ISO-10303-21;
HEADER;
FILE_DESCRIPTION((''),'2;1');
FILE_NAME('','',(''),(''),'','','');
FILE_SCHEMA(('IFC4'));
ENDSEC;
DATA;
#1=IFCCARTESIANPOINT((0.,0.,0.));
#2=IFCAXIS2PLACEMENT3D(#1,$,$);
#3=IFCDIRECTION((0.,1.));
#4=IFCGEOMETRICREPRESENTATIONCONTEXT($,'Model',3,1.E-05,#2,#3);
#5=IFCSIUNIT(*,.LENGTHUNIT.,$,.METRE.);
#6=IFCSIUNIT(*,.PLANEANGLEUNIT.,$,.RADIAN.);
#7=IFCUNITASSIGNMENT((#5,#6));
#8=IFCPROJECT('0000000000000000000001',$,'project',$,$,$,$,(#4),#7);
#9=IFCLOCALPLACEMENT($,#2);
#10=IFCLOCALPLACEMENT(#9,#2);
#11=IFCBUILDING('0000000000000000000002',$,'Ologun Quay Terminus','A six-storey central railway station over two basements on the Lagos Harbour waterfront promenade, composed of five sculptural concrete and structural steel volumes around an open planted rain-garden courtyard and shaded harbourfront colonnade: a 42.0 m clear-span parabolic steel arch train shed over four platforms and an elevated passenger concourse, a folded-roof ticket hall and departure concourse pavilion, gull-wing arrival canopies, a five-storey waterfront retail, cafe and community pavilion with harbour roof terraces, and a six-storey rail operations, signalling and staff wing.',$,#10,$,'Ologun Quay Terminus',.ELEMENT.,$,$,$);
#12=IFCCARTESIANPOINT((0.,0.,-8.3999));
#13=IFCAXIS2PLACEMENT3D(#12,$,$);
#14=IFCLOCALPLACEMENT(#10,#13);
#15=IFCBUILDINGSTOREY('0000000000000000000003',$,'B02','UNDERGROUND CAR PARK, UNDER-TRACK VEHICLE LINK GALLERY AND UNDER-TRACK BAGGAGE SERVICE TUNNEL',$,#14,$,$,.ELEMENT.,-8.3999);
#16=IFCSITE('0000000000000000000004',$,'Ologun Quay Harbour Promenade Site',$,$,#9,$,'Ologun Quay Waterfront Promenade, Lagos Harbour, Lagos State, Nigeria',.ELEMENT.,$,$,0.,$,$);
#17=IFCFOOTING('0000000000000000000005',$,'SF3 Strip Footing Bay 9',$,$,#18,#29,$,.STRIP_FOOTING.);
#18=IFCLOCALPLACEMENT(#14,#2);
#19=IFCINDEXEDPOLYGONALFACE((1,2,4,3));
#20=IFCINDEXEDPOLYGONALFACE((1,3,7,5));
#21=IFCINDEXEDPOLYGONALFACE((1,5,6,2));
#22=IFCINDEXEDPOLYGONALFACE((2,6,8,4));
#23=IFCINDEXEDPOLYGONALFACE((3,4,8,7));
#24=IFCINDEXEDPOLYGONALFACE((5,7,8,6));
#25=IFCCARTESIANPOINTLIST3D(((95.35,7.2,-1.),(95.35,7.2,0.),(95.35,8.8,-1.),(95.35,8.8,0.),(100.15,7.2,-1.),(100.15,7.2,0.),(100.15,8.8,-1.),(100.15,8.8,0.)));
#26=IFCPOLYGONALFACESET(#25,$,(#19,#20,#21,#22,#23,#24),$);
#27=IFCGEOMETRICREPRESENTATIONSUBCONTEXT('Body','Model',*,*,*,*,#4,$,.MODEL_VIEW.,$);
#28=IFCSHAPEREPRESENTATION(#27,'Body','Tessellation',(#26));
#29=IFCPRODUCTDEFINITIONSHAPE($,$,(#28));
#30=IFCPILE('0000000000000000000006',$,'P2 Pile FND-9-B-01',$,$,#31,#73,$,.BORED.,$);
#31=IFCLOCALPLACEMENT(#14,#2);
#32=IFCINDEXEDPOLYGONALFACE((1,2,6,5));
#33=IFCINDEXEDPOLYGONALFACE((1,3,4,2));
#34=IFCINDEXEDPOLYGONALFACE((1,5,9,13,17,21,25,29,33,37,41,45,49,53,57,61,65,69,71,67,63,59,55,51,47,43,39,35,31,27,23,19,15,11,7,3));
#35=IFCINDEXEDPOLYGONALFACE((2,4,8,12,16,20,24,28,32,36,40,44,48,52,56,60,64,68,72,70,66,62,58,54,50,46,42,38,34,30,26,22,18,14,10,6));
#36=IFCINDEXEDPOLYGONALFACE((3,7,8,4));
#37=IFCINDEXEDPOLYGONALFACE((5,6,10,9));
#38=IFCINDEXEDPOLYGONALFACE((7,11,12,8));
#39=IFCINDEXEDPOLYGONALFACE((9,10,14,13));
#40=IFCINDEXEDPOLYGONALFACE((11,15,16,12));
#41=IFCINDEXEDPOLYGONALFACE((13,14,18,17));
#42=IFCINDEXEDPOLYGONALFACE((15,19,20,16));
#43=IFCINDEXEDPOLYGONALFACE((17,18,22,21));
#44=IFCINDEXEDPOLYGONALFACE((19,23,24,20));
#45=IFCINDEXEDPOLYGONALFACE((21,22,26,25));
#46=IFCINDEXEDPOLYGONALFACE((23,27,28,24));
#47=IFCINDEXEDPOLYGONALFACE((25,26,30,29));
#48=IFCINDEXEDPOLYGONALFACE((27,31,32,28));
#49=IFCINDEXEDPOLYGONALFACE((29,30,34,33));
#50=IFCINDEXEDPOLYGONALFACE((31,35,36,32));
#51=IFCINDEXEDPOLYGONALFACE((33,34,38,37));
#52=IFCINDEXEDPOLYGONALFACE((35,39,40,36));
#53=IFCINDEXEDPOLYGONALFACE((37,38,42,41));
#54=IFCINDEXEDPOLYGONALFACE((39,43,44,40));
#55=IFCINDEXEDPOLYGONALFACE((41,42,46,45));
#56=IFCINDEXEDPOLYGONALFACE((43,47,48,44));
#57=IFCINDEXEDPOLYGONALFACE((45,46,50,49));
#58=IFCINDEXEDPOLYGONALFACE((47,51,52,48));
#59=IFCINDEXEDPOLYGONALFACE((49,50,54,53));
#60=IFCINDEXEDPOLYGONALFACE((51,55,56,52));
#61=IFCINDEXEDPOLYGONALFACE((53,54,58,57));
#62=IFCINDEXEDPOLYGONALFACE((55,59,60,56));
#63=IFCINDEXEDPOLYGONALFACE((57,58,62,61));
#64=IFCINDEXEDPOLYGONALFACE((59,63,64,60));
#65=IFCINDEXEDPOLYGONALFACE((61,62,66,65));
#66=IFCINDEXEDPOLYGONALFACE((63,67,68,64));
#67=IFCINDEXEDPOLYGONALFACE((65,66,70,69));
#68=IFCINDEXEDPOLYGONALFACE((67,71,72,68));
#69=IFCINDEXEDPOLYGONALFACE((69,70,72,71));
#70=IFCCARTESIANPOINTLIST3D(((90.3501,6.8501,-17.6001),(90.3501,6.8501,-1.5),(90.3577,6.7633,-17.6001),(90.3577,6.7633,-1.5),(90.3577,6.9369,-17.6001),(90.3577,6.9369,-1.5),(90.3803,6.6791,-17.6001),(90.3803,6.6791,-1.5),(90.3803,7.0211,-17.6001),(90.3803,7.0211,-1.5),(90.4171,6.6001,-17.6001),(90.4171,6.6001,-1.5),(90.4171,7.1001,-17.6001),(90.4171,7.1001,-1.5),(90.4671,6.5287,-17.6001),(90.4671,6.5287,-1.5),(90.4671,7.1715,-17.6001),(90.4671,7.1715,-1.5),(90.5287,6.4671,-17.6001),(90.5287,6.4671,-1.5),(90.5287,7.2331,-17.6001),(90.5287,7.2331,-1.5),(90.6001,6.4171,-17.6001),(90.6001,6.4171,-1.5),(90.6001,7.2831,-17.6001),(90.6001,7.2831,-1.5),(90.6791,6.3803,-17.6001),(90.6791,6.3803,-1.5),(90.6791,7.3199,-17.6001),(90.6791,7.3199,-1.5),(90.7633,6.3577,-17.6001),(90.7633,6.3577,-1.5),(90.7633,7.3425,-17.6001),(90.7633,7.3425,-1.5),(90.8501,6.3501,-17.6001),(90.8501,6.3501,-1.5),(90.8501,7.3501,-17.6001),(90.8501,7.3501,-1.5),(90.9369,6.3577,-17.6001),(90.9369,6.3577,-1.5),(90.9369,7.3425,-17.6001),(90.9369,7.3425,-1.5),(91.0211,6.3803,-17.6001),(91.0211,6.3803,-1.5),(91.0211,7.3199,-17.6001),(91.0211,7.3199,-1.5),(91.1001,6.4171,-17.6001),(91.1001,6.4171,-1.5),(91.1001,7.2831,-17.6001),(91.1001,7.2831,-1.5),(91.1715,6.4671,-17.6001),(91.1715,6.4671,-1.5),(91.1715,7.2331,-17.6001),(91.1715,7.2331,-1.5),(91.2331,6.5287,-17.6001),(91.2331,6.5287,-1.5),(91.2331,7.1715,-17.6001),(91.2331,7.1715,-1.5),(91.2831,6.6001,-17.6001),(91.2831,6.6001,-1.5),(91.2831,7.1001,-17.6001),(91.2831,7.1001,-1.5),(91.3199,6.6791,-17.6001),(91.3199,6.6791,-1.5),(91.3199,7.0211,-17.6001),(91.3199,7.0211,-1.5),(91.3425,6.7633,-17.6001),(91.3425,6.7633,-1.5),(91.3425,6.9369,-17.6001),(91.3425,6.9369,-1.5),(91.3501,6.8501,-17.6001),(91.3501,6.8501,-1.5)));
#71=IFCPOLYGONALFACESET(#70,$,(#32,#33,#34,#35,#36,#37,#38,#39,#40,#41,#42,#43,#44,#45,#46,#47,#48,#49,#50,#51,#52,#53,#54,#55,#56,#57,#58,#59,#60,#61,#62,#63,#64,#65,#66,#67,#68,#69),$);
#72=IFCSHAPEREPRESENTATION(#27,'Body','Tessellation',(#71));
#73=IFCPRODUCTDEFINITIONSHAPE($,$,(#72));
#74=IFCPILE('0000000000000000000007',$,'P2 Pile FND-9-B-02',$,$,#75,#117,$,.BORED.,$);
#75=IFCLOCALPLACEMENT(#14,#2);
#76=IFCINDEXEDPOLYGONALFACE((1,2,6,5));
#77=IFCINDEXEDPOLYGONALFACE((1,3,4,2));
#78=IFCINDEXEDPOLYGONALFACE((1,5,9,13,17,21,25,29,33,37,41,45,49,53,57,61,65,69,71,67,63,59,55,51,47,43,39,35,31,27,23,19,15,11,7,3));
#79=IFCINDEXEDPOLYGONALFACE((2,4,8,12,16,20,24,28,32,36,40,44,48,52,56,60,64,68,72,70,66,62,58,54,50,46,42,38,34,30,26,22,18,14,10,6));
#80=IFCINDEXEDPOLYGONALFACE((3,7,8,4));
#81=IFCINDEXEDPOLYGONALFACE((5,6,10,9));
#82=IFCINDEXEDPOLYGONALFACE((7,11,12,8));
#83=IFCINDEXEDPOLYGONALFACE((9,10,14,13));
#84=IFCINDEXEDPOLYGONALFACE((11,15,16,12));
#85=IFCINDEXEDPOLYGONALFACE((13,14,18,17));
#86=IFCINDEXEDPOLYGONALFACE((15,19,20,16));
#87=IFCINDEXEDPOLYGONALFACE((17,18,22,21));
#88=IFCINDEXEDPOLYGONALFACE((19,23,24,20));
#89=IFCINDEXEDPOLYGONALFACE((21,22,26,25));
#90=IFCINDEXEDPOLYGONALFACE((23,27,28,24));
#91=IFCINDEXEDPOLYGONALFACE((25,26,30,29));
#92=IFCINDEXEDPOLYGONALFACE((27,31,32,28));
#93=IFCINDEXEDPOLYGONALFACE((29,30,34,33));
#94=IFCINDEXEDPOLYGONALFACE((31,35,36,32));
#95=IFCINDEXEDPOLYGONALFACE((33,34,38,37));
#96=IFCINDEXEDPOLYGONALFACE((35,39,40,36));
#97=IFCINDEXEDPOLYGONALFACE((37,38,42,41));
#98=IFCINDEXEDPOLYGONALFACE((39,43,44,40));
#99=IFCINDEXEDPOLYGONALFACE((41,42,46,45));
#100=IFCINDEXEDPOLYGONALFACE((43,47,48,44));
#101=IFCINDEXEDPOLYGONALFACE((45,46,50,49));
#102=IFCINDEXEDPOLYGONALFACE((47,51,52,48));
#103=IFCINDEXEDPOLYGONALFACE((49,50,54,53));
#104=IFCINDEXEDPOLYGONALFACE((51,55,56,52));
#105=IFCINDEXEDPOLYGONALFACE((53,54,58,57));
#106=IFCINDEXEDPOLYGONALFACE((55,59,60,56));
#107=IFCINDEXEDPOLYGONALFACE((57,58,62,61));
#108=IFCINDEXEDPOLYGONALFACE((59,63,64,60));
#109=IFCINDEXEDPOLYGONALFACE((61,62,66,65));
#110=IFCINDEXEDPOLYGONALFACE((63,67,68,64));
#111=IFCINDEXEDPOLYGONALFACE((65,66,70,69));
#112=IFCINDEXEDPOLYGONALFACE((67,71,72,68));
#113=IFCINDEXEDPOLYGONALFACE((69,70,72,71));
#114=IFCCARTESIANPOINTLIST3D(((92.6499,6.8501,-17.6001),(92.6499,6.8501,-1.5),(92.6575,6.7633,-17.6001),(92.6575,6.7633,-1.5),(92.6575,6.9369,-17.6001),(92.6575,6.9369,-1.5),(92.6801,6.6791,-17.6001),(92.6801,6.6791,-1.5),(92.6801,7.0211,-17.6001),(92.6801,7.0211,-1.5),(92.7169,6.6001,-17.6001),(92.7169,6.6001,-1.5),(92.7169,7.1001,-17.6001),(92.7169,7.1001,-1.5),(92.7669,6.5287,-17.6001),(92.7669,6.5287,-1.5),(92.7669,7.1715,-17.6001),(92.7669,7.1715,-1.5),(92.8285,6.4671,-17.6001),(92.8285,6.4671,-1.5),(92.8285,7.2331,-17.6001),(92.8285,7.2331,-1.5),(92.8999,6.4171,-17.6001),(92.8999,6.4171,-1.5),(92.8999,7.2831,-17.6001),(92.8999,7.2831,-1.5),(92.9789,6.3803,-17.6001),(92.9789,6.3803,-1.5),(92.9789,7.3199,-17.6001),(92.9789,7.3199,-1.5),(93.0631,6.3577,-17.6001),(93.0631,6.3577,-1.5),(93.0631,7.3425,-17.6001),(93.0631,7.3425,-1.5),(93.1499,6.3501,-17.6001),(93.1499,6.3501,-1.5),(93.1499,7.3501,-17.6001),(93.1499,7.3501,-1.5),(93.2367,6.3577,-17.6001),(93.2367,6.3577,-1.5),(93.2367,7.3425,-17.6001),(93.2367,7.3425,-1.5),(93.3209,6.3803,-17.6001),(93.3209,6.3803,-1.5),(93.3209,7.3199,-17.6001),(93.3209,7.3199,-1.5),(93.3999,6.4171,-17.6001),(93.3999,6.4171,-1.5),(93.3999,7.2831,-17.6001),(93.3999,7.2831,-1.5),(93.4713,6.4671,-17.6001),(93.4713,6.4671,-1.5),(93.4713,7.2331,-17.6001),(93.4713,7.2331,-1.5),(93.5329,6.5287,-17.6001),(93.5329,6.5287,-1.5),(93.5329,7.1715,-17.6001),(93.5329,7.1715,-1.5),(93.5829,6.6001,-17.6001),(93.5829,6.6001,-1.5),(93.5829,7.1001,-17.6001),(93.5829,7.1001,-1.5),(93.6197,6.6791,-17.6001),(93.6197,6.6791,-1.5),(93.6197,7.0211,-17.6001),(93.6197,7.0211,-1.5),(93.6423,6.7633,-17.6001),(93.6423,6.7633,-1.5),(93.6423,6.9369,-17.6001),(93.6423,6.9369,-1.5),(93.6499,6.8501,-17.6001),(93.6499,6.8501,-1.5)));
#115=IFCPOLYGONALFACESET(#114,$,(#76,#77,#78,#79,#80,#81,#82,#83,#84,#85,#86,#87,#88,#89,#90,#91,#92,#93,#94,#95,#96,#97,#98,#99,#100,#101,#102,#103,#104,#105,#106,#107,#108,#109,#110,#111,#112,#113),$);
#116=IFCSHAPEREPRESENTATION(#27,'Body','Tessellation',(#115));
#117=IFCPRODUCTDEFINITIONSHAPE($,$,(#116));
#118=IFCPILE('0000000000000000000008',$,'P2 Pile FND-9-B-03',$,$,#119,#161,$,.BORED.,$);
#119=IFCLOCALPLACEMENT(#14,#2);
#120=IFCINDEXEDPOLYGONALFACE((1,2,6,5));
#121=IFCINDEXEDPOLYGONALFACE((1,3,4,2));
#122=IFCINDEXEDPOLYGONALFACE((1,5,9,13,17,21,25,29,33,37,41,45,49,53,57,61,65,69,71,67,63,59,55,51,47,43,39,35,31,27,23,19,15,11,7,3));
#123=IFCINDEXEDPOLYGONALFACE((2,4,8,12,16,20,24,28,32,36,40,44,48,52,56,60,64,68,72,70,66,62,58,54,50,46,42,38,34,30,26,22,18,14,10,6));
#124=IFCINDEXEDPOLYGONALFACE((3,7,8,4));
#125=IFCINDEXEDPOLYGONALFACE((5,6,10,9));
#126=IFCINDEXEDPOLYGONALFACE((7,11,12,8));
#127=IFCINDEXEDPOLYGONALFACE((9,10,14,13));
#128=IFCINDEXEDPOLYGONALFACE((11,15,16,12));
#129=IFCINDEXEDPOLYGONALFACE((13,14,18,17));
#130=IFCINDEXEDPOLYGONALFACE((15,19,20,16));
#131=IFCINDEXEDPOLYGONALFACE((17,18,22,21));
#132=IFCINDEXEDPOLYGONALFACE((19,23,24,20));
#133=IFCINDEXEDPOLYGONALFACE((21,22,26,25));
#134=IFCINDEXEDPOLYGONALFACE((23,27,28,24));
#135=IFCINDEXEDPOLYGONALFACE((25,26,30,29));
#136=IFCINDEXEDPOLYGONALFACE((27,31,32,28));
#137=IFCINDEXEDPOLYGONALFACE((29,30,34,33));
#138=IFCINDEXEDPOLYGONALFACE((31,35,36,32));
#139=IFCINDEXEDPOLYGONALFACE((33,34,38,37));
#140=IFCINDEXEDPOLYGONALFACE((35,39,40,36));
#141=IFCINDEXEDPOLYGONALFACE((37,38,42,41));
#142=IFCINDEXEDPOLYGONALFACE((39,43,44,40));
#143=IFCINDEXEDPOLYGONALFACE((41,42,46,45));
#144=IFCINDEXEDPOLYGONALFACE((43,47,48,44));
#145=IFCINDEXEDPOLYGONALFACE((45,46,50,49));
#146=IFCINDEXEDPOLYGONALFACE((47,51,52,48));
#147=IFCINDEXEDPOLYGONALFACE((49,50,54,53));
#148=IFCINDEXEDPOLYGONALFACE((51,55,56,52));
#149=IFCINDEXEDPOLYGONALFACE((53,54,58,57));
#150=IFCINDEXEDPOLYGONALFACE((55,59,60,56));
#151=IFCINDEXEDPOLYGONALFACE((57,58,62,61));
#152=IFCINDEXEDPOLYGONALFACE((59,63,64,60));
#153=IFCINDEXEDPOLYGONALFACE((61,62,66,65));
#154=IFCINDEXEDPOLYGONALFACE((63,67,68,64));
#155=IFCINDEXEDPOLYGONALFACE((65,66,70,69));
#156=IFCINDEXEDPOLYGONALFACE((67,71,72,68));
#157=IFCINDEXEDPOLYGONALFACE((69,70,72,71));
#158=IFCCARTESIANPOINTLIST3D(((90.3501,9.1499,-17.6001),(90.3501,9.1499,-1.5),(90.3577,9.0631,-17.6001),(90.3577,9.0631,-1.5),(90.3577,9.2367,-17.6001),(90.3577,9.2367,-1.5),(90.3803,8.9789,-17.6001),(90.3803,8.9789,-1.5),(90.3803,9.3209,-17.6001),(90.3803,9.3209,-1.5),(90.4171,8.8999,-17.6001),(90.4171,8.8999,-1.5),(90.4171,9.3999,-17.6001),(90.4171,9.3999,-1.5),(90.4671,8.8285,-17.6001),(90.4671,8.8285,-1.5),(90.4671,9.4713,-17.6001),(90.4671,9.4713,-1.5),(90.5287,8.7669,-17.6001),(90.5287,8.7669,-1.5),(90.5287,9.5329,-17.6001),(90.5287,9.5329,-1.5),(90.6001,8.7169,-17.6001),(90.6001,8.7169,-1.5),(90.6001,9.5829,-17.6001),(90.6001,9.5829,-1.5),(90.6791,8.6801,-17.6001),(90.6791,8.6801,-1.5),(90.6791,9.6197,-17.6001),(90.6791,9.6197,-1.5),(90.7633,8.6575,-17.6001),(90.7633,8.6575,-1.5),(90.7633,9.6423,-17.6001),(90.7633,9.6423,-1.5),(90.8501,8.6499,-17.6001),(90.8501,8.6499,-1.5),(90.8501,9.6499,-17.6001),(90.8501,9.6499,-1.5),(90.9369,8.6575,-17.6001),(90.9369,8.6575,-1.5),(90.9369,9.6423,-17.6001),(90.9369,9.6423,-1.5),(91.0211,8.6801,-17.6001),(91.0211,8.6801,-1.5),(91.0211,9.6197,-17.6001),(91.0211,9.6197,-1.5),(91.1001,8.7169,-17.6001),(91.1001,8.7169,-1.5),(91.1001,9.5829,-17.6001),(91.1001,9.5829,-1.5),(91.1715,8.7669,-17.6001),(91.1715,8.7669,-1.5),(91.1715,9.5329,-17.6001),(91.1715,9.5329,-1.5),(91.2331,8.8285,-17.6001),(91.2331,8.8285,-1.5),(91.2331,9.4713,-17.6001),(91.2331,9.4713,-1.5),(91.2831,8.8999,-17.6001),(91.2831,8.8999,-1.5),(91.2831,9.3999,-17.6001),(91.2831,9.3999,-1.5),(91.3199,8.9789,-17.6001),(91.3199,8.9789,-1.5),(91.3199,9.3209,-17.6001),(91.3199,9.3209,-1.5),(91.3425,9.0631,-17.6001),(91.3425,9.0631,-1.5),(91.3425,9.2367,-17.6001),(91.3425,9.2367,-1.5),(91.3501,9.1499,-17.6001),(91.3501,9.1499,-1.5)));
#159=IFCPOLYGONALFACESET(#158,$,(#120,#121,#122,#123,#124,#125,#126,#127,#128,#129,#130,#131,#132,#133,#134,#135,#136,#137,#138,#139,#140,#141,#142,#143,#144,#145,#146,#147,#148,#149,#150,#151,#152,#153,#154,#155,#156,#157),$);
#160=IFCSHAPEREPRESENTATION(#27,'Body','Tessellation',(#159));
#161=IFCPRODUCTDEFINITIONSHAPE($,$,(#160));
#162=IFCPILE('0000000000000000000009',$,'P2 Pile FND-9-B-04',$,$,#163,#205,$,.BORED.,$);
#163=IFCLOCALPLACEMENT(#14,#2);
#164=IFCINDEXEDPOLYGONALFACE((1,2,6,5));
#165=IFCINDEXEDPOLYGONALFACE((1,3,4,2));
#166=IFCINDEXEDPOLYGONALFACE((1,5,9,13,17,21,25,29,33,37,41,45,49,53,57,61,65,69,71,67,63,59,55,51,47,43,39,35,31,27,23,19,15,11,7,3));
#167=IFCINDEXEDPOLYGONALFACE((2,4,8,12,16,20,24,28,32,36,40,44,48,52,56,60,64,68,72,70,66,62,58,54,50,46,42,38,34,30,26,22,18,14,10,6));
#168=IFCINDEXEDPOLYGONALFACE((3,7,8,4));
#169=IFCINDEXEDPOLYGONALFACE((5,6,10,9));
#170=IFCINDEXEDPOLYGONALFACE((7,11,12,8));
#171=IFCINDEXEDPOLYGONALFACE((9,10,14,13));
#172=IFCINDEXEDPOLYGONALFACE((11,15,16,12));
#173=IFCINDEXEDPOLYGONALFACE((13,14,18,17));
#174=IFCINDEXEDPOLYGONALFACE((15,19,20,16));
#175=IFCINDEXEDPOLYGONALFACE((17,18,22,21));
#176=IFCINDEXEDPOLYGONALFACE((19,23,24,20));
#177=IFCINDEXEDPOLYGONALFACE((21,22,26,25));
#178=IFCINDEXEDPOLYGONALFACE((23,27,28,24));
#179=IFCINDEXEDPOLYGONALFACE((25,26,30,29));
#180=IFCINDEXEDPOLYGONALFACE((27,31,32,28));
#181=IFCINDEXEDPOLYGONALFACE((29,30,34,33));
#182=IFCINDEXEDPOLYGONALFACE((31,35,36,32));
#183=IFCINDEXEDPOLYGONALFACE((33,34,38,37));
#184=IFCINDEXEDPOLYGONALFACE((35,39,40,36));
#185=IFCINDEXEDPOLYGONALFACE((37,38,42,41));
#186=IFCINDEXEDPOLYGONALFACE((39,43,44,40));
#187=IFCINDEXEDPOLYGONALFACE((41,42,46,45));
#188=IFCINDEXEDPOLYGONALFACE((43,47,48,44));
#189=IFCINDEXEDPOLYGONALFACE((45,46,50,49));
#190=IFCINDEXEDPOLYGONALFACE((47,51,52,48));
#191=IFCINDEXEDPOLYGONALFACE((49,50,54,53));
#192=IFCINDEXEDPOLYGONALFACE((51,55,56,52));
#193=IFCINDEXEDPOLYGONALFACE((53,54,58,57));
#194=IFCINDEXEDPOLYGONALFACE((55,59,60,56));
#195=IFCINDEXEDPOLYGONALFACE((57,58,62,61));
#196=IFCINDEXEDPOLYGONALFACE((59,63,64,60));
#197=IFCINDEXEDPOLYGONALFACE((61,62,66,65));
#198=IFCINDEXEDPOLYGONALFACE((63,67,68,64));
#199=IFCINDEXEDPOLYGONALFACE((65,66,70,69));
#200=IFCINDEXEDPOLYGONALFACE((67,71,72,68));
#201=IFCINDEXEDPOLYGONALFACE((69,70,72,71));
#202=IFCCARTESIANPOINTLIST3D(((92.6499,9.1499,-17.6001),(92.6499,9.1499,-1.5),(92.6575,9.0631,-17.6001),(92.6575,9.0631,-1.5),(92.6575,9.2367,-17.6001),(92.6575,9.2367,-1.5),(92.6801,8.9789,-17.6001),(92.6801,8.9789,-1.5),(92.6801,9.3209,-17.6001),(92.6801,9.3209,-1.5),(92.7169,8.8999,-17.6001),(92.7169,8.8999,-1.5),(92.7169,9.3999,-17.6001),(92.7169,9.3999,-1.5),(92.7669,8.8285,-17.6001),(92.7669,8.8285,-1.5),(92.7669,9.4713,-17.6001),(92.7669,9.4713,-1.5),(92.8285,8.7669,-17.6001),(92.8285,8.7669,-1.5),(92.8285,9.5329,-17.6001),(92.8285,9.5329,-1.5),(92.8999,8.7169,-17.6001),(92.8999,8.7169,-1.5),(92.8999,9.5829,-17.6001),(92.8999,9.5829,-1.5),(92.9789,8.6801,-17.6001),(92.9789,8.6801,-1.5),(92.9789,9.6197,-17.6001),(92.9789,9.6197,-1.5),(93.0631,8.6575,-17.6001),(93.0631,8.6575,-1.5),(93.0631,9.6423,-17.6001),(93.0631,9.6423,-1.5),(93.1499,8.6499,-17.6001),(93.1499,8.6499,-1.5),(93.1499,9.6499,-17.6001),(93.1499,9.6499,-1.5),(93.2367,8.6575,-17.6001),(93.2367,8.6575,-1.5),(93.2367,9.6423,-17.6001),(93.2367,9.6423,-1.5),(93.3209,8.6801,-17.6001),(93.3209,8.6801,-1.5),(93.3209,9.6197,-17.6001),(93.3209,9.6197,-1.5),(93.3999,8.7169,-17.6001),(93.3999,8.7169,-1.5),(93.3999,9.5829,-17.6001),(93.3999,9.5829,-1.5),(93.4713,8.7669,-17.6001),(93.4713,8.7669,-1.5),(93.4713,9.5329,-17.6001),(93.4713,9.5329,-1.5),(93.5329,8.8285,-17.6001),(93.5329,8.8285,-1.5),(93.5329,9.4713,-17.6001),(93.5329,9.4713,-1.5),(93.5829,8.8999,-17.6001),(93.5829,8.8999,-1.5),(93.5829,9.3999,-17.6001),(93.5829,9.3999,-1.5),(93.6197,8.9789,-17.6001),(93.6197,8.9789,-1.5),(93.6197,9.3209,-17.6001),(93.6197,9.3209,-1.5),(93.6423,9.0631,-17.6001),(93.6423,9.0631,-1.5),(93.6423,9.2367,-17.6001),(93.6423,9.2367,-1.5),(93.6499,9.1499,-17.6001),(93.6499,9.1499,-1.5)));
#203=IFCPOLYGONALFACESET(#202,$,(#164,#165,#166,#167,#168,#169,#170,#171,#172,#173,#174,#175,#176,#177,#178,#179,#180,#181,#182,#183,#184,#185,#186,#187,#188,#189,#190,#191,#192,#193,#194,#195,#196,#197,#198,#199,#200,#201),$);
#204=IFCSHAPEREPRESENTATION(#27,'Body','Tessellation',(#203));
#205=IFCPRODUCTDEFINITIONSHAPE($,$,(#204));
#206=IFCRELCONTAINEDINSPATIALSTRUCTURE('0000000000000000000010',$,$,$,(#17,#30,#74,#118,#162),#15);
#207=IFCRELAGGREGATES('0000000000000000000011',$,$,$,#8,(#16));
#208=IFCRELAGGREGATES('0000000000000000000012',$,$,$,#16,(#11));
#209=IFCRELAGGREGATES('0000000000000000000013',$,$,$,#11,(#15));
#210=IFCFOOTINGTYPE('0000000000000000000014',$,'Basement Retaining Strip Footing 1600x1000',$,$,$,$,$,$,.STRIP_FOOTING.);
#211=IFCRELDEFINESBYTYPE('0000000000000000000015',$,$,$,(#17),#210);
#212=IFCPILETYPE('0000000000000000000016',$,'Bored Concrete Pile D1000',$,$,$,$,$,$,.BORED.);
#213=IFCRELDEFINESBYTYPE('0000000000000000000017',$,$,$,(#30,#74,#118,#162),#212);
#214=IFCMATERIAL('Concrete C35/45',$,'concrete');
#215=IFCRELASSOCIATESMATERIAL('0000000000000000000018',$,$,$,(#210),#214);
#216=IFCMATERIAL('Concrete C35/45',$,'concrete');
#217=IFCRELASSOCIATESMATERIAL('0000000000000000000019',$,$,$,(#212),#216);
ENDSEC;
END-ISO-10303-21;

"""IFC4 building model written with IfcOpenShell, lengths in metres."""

from ifc_helpers import new_model, si_unit, direction, frame, origin, origin_2d, place, context, subcontext, project, spatial, rectangle, circle, extrude, material, material_profile, profile_set, type_object, element, save


model = new_model("IFC4")

# Units and contexts
model_context = context("Model", 3, precision=1e-05, world=origin(), true_north=direction((0.0, 1.0)))
body_context = subcontext(model_context, "Body", "Model", "MODEL_VIEW")
ifc_project = project(units=[si_unit("LENGTHUNIT", "METRE"), si_unit("PLANEANGLEUNIT", "RADIAN")], contexts=[model_context])

# Site, building, storey
site_placement = place(None, origin())
site = spatial("IfcSite", under=ifc_project, at=site_placement, Name="Ologun Quay Harbour Promenade Site", LongName="Ologun Quay Waterfront Promenade, Lagos Harbour, Lagos State, Nigeria", CompositionType="ELEMENT", RefElevation=0.0)
building_placement = place(site_placement, origin())
building = spatial("IfcBuilding", under=site, at=building_placement, Name="Ologun Quay Terminus", Description="A six-storey central railway station over two basements on the Lagos Harbour waterfront promenade, composed of five sculptural concrete and structural steel volumes around an open planted rain-garden courtyard and shaded harbourfront colonnade: a 42.0 m clear-span parabolic steel arch train shed over four platforms and an elevated passenger concourse, a folded-roof ticket hall and departure concourse pavilion, gull-wing arrival canopies, a five-storey waterfront retail, cafe and community pavilion with harbour roof terraces, and a six-storey rail operations, signalling and staff wing.", LongName="Ologun Quay Terminus", CompositionType="ELEMENT")
storey_placement = place(building_placement, frame((0.0, 0.0, -8.3999)))
storey = spatial("IfcBuildingStorey", under=building, at=storey_placement, Name="B02", Description="UNDERGROUND CAR PARK, UNDER-TRACK VEHICLE LINK GALLERY AND UNDER-TRACK BAGGAGE SERVICE TUNNEL", CompositionType="ELEMENT", Elevation=-8.3999)

# Footing
ifc_material_1 = material(Name="Concrete C35/45", Category="concrete")
footing_type_1 = type_object("IfcFootingType", Name="Basement Retaining Strip Footing 1600x1000", PredefinedType="STRIP_FOOTING", material=ifc_material_1)
footing_placement = place(storey_placement, frame((97.75, 8.0, -1.0), z_axis=(0.0, 0.0, 1.0), x_axis=(1.0, 0.0, 0.0)))
element("IfcFooting", 1, at=footing_placement, inside=storey, type_object=footing_type_1, Name="SF3 Strip Footing Bay 9", PredefinedType="STRIP_FOOTING", context=body_context, shape_type="SweptSolid", body=[
    extrude(rectangle(XDim=4.8, YDim=1.6001, at=origin_2d()), origin(), (0.0, 0.0, 1.0), 1.0),
])

# Piles
ifc_material_2 = material(Name="Concrete C35/45", Category="concrete")
ifc_material_profile_1 = material_profile(ifc_material_2, circle(Radius=0.5, at=origin_2d()), Name="PILE D1000")
ifc_profile_set_1 = profile_set([ifc_material_profile_1], Name="Concrete C35/45")
pile_type_1 = type_object("IfcPileType", Name="Bored Concrete Pile D1000", PredefinedType="BORED", material=ifc_profile_set_1)
for number, where, z_axis, x_axis, name in (
    (2, (90.8501, 6.8501, -1.5), (0.0, 0.0, -1.0), (1.0, 0.0, 0.0), "P2 Pile FND-9-B-01"),
    (3, (93.1499, 6.8501, -1.5), (0.0, 0.0, -1.0), (1.0, 0.0, 0.0), "P2 Pile FND-9-B-02"),
    (4, (90.8501, 9.1499, -1.5), (0.0, 0.0, -1.0), (1.0, 0.0, 0.0), "P2 Pile FND-9-B-03"),
    (5, (93.1499, 9.1499, -1.5), (0.0, 0.0, -1.0), (1.0, 0.0, 0.0), "P2 Pile FND-9-B-04"),
):
    element("IfcPile", number, at=place(storey_placement, frame(where, z_axis=z_axis, x_axis=x_axis)), inside=storey, type_object=pile_type_1, Name=name, PredefinedType="BORED", context=body_context, shape_type="SweptSolid", body=[
        extrude(circle(Radius=0.5, at=origin_2d()), origin(), (0.0, 0.0, 1.0), 16.1001),
    ])

save(model, "model.ifc")
